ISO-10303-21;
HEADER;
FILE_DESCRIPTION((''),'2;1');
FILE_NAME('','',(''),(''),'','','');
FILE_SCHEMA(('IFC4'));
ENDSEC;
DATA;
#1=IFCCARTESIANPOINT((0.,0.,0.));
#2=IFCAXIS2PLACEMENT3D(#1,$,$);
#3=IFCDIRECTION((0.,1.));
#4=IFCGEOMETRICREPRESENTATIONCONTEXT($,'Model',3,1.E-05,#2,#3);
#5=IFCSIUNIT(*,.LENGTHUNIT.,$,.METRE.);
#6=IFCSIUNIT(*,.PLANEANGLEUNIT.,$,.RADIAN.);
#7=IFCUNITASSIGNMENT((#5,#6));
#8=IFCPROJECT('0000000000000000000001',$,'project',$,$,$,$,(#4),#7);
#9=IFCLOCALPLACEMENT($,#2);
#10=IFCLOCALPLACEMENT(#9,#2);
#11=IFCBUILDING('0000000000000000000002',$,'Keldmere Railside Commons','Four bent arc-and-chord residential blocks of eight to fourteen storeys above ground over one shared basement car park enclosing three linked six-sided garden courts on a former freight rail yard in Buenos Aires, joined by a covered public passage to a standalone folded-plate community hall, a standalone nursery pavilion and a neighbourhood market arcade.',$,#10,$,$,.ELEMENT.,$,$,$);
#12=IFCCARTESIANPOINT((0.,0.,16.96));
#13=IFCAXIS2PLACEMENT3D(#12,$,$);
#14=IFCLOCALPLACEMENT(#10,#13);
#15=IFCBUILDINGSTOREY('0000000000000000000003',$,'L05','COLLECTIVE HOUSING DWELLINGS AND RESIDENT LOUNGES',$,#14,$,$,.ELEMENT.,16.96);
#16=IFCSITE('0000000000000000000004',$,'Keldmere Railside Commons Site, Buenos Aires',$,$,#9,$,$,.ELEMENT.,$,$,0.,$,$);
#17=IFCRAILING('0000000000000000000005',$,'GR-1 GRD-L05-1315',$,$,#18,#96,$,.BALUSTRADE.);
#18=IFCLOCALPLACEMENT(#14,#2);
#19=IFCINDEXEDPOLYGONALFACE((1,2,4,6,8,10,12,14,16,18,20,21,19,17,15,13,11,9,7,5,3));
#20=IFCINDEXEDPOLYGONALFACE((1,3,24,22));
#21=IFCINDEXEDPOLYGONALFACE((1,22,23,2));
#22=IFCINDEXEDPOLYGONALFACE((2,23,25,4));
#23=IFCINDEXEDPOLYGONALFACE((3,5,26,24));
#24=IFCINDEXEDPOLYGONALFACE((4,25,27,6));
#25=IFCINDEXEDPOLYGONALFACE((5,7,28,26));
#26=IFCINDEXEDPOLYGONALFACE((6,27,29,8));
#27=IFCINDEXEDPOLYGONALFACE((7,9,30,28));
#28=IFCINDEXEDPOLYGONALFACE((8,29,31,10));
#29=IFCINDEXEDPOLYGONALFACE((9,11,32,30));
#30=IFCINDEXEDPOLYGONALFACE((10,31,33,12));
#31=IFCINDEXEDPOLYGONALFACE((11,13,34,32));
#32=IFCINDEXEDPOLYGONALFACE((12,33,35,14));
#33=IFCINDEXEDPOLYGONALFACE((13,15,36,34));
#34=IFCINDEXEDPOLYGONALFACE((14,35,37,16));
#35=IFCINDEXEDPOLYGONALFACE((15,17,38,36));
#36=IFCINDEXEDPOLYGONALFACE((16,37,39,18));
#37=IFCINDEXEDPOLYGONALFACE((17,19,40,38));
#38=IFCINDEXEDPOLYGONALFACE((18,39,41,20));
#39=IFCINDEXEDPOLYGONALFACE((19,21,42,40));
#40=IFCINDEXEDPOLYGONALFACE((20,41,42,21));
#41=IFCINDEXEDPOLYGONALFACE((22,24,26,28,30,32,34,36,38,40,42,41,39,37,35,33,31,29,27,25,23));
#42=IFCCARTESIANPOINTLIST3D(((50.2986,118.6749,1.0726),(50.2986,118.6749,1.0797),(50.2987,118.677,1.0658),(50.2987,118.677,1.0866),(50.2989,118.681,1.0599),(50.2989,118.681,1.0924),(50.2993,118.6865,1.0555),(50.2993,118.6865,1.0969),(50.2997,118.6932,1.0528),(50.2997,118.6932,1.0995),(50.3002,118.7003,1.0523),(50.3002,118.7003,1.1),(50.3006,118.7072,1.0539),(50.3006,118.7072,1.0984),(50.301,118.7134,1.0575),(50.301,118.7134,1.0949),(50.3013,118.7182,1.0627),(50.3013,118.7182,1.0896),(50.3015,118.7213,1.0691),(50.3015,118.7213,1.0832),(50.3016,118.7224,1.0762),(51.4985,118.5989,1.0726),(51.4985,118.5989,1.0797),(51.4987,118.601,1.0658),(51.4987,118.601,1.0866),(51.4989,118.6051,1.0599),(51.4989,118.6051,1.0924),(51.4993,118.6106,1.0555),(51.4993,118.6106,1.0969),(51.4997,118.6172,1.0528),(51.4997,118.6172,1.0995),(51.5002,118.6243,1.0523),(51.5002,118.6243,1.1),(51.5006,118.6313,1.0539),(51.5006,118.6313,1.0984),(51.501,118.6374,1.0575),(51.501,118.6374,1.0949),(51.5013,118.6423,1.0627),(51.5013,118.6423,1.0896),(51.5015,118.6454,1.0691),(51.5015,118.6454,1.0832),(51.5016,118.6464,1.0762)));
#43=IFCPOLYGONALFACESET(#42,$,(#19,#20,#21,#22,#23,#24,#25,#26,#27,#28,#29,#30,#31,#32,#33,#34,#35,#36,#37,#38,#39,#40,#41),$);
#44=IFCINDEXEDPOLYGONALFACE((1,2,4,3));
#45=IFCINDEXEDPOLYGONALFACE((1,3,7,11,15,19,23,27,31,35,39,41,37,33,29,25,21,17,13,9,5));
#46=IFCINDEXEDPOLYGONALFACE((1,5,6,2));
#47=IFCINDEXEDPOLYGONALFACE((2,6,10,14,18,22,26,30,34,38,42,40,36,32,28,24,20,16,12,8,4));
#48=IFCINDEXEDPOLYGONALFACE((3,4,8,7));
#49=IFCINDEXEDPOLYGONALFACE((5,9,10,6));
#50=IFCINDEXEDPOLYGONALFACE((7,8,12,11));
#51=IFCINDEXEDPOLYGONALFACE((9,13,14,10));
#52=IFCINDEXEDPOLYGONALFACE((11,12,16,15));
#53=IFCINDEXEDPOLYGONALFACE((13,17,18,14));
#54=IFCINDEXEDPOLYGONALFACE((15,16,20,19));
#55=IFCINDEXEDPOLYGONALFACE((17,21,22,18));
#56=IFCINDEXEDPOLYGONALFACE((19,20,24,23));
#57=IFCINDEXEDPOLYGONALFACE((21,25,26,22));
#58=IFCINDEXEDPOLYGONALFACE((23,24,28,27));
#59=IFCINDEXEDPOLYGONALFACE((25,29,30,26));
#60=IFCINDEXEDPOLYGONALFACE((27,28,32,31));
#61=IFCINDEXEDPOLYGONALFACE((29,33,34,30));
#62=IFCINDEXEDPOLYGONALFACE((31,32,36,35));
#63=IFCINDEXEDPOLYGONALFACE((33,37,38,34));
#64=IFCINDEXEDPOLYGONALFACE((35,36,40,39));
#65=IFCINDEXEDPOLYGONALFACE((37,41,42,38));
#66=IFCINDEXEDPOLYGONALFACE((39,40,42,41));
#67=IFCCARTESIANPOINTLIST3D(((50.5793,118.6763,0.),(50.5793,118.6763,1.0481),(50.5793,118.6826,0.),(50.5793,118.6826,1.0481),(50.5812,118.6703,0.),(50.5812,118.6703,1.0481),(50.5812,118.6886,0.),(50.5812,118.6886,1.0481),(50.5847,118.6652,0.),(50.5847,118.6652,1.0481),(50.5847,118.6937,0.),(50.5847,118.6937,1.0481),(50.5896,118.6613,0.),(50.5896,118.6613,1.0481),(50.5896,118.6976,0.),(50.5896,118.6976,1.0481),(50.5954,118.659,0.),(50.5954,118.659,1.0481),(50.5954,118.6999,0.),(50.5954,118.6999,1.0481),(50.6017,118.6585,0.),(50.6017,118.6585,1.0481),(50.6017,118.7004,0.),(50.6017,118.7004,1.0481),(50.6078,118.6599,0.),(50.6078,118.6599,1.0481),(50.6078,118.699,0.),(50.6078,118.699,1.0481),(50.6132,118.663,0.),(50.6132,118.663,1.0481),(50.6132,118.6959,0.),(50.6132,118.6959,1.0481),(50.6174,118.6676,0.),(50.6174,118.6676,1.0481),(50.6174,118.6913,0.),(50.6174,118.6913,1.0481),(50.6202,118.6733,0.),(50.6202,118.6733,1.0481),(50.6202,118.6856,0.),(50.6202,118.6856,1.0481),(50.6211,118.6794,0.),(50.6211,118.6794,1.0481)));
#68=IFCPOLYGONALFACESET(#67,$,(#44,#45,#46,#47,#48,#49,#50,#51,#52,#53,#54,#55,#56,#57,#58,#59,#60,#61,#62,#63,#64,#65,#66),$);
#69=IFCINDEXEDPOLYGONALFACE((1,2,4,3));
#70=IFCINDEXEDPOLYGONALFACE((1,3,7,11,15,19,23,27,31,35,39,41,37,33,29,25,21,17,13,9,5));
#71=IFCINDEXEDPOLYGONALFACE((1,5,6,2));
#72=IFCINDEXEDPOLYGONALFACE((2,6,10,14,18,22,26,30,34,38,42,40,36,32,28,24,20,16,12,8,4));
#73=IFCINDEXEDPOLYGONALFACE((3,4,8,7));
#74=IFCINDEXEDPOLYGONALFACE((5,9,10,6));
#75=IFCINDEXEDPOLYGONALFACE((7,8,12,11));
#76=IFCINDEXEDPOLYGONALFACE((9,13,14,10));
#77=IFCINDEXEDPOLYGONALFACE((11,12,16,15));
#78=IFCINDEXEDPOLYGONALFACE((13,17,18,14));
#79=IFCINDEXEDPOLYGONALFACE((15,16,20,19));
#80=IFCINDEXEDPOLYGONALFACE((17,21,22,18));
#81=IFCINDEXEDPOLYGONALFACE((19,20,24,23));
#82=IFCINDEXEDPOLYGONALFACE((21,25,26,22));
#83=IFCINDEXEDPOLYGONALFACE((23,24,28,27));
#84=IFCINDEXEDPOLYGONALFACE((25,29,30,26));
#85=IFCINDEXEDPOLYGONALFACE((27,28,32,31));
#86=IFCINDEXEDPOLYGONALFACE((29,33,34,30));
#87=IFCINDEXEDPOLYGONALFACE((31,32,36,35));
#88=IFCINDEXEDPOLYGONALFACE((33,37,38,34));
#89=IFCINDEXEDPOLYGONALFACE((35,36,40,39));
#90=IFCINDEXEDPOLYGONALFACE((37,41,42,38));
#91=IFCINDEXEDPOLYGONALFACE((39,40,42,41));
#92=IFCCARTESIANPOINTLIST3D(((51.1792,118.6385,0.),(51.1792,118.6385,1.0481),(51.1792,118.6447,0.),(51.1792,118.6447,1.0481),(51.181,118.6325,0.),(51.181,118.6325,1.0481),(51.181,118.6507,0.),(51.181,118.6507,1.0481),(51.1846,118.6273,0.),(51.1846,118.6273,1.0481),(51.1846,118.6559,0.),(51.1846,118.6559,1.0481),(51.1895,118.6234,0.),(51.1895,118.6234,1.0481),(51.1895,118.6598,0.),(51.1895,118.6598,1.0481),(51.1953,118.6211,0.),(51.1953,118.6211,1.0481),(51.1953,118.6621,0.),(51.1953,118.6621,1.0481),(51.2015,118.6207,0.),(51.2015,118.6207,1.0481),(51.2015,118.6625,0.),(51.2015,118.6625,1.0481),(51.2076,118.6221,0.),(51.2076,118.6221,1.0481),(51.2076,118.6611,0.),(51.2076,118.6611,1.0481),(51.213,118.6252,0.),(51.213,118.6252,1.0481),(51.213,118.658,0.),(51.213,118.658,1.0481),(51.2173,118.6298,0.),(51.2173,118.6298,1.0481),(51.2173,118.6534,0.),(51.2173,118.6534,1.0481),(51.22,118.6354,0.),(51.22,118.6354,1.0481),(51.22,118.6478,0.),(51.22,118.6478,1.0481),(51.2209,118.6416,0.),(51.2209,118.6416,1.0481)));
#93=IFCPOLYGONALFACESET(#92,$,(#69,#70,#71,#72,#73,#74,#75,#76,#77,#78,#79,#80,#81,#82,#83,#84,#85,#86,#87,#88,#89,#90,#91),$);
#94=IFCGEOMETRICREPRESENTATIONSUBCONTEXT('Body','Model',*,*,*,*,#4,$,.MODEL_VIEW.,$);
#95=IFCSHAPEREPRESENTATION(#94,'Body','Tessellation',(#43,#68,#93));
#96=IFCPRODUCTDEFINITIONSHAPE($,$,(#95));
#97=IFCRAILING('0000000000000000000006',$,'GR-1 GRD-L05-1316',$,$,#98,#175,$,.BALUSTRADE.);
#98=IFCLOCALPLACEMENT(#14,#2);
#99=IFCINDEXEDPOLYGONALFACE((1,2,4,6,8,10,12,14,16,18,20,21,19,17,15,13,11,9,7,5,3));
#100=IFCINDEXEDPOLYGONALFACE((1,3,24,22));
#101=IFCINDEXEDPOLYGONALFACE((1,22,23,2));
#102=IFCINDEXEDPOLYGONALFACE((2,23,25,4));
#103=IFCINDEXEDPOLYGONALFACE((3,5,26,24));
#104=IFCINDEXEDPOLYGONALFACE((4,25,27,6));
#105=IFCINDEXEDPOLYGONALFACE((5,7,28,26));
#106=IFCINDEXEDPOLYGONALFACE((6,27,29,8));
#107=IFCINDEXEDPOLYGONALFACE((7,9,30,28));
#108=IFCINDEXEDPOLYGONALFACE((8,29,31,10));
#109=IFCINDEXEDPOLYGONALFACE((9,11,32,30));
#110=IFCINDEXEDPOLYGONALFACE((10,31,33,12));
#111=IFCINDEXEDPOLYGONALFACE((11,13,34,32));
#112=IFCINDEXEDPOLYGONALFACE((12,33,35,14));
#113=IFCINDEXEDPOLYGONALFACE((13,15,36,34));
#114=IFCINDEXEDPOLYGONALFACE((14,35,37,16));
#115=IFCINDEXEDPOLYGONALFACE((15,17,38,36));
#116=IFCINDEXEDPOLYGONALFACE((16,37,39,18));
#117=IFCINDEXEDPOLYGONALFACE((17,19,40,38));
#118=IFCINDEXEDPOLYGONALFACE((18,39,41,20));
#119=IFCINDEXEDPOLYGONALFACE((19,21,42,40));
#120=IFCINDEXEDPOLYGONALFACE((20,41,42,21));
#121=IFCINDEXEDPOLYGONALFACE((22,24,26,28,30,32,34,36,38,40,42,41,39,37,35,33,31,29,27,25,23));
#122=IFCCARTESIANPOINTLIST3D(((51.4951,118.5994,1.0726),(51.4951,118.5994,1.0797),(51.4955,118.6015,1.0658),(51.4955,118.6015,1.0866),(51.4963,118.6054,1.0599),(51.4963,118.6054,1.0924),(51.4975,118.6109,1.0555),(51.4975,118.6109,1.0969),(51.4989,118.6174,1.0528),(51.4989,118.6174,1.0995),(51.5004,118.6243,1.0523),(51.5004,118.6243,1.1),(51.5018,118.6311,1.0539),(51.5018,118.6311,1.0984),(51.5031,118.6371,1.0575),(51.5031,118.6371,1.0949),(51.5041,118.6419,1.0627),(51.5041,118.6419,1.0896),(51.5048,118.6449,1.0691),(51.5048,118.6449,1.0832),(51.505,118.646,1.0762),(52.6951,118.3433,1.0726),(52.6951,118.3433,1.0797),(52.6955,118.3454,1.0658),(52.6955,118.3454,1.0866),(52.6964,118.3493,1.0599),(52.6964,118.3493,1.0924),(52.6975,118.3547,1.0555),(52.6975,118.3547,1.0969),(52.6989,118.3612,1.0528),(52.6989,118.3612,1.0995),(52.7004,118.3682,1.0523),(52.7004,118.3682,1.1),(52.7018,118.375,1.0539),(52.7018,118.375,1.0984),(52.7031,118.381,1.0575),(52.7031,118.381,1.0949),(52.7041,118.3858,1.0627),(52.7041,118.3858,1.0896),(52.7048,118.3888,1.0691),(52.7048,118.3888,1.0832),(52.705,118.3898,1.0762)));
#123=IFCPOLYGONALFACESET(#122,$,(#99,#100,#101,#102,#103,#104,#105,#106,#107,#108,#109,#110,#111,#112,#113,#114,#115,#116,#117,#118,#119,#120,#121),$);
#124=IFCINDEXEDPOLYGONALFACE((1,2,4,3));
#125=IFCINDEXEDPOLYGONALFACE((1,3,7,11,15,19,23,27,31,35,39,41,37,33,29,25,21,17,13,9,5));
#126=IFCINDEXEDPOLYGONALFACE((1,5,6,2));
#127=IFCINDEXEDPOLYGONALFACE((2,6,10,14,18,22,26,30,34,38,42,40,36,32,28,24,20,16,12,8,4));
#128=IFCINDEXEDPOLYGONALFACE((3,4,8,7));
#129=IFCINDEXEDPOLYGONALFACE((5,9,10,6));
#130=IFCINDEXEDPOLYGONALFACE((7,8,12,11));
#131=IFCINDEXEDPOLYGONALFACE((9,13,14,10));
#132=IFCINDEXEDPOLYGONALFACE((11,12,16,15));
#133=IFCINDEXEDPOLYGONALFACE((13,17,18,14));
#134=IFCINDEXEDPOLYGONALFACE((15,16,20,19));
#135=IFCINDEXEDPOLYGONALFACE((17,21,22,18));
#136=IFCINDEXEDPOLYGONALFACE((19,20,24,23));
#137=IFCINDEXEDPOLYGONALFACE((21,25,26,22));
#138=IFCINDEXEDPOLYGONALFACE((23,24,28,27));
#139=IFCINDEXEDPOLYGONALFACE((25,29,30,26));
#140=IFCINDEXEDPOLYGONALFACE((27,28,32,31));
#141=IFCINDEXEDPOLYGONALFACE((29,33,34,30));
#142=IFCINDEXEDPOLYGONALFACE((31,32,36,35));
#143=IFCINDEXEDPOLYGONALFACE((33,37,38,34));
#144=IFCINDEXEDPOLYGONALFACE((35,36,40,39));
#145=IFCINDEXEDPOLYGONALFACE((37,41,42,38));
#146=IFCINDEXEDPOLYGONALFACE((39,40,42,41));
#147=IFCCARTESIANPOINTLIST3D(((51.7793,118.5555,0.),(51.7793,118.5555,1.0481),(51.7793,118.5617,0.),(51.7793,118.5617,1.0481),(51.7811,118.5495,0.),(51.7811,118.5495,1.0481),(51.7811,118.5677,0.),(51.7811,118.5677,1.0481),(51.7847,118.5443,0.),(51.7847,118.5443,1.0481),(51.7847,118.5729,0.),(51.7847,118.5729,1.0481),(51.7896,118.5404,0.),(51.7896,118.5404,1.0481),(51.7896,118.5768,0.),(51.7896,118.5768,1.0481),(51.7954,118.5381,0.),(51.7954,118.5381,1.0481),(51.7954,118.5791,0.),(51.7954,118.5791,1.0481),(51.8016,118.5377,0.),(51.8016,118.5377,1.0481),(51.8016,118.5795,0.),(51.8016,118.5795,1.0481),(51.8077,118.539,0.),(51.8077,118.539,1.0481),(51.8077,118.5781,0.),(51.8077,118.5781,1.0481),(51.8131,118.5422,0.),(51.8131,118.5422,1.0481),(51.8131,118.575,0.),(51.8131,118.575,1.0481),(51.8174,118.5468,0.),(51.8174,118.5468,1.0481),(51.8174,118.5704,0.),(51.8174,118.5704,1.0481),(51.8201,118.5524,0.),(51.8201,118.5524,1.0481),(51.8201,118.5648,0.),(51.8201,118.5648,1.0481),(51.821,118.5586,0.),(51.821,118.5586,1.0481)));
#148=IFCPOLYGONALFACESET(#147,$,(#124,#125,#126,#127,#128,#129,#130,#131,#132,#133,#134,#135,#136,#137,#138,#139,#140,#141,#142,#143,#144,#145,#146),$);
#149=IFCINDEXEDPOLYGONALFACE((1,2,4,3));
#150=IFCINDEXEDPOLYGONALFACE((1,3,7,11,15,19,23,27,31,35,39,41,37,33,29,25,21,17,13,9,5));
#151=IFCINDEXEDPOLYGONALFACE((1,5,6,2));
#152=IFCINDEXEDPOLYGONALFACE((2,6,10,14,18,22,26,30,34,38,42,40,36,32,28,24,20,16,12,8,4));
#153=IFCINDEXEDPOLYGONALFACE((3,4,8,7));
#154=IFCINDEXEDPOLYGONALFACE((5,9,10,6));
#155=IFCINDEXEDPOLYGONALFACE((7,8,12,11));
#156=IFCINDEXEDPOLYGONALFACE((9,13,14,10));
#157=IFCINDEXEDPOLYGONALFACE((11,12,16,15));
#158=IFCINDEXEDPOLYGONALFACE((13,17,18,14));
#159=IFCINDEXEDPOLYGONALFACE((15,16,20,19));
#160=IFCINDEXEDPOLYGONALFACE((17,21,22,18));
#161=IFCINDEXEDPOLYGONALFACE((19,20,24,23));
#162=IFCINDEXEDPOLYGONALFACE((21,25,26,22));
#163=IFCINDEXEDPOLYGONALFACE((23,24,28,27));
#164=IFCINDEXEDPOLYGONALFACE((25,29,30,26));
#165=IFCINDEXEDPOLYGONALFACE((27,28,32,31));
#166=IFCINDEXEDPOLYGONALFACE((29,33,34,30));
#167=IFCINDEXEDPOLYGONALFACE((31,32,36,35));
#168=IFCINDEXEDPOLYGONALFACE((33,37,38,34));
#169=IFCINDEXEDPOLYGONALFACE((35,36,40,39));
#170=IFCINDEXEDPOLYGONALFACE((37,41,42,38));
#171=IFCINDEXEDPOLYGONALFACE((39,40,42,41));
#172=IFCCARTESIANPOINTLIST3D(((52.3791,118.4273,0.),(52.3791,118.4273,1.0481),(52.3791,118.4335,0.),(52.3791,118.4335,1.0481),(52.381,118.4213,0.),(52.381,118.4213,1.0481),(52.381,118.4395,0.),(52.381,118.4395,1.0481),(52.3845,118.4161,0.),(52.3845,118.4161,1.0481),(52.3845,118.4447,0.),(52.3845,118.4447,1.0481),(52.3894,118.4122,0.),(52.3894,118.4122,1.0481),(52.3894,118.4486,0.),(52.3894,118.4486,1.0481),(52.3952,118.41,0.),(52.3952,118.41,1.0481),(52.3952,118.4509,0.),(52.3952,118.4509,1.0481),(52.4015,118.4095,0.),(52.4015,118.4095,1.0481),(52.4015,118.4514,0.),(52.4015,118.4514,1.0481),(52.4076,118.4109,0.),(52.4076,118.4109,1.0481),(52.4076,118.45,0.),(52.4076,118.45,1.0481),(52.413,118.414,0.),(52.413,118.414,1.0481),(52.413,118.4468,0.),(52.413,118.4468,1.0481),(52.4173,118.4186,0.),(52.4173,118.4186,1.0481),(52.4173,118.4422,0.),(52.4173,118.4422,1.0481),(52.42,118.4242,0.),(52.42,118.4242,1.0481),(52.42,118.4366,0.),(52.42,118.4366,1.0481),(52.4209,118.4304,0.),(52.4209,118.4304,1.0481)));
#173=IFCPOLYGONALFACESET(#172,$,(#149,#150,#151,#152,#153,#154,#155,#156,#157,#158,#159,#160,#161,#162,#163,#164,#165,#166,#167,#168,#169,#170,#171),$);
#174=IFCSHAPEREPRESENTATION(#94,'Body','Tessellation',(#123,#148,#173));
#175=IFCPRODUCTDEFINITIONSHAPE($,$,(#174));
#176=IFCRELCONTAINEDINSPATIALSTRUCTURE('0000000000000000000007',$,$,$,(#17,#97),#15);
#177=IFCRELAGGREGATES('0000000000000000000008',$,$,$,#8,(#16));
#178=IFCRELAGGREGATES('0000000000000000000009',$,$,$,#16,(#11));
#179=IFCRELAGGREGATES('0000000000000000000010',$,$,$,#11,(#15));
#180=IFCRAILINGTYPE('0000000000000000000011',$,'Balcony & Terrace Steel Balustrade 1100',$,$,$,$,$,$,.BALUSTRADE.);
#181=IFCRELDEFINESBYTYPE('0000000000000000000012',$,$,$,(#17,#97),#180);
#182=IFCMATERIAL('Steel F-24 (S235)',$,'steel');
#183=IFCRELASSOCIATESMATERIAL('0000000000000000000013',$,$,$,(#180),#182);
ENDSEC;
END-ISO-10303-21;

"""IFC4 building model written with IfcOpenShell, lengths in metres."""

from ifc_helpers import new_model, si_unit, direction, frame, origin, origin_2d, place, context, subcontext, project, spatial, circle, extrude, material, type_object, element, save


model = new_model("IFC4")

# Units and contexts
model_context = context("Model", 3, precision=1e-05, world=origin(), true_north=direction((0.0, 1.0)))
body_context = subcontext(model_context, "Body", "Model", "MODEL_VIEW")
ifc_project = project(units=[si_unit("LENGTHUNIT", "METRE"), si_unit("PLANEANGLEUNIT", "RADIAN")], contexts=[model_context])

# Site, building, storey
site_placement = place(None, origin())
site = spatial("IfcSite", under=ifc_project, at=site_placement, Name="Keldmere Railside Commons Site, Buenos Aires", CompositionType="ELEMENT", RefElevation=0.0)
building_placement = place(site_placement, origin())
building = spatial("IfcBuilding", under=site, at=building_placement, Name="Keldmere Railside Commons", Description="Four bent arc-and-chord residential blocks of eight to fourteen storeys above ground over one shared basement car park enclosing three linked six-sided garden courts on a former freight rail yard in Buenos Aires, joined by a covered public passage to a standalone folded-plate community hall, a standalone nursery pavilion and a neighbourhood market arcade.", CompositionType="ELEMENT")
storey_placement = place(building_placement, frame((0.0, 0.0, 16.96)))
storey = spatial("IfcBuildingStorey", under=building, at=storey_placement, Name="L05", Description="COLLECTIVE HOUSING DWELLINGS AND RESIDENT LOUNGES", CompositionType="ELEMENT", Elevation=16.96)

# Railings
ifc_material_1 = material(Name="Steel F-24 (S235)", Category="steel")
railing_type = type_object("IfcRailingType", Name="Balcony & Terrace Steel Balustrade 1100", PredefinedType="BALUSTRADE", material=ifc_material_1)
railing_1_placement = place(storey_placement, frame((50.3, 118.6985, 0.0)))
element("IfcRailing", 1, at=railing_1_placement, inside=storey, type_object=railing_type, Name="GR-1 GRD-L05-1315", PredefinedType="BALUSTRADE", context=body_context, shape_type="SweptSolid", body=[
    extrude(circle(Radius=0.0239, at=origin_2d()), frame((0.0, 0.0, 1.0762), z_axis=(0.998004, -0.063149, 0.0), x_axis=(0.063149, 0.998004, 0.0)), (0.0, 0.0, 1.0), 1.2024),
    extrude(circle(Radius=0.021, at=origin_2d()), frame((0.3, -0.019, 0.0)), (0.0, 0.0, 1.0), 1.0481),
    extrude(circle(Radius=0.021, at=origin_2d()), frame((0.8999, -0.0569, 0.0)), (0.0, 0.0, 1.0), 1.0481),
])
railing_2_placement = place(storey_placement, frame((51.5, 118.6226, 0.0)))
element("IfcRailing", 2, at=railing_2_placement, inside=storey, type_object=railing_type, Name="GR-1 GRD-L05-1316", PredefinedType="BALUSTRADE", context=body_context, shape_type="SweptSolid", body=[
    extrude(circle(Radius=0.0239, at=origin_2d()), frame((0.0, 0.0, 1.0762), z_axis=(0.977974, -0.208727, 0.0), x_axis=(0.208727, 0.977974, 0.0)), (0.0, 0.0, 1.0), 1.2271),
    extrude(circle(Radius=0.021, at=origin_2d()), frame((0.3, -0.064, 0.0)), (0.0, 0.0, 1.0), 1.0481),
    extrude(circle(Radius=0.021, at=origin_2d()), frame((0.8999, -0.1921, 0.0)), (0.0, 0.0, 1.0), 1.0481),
])

save(model, "model.ifc")
